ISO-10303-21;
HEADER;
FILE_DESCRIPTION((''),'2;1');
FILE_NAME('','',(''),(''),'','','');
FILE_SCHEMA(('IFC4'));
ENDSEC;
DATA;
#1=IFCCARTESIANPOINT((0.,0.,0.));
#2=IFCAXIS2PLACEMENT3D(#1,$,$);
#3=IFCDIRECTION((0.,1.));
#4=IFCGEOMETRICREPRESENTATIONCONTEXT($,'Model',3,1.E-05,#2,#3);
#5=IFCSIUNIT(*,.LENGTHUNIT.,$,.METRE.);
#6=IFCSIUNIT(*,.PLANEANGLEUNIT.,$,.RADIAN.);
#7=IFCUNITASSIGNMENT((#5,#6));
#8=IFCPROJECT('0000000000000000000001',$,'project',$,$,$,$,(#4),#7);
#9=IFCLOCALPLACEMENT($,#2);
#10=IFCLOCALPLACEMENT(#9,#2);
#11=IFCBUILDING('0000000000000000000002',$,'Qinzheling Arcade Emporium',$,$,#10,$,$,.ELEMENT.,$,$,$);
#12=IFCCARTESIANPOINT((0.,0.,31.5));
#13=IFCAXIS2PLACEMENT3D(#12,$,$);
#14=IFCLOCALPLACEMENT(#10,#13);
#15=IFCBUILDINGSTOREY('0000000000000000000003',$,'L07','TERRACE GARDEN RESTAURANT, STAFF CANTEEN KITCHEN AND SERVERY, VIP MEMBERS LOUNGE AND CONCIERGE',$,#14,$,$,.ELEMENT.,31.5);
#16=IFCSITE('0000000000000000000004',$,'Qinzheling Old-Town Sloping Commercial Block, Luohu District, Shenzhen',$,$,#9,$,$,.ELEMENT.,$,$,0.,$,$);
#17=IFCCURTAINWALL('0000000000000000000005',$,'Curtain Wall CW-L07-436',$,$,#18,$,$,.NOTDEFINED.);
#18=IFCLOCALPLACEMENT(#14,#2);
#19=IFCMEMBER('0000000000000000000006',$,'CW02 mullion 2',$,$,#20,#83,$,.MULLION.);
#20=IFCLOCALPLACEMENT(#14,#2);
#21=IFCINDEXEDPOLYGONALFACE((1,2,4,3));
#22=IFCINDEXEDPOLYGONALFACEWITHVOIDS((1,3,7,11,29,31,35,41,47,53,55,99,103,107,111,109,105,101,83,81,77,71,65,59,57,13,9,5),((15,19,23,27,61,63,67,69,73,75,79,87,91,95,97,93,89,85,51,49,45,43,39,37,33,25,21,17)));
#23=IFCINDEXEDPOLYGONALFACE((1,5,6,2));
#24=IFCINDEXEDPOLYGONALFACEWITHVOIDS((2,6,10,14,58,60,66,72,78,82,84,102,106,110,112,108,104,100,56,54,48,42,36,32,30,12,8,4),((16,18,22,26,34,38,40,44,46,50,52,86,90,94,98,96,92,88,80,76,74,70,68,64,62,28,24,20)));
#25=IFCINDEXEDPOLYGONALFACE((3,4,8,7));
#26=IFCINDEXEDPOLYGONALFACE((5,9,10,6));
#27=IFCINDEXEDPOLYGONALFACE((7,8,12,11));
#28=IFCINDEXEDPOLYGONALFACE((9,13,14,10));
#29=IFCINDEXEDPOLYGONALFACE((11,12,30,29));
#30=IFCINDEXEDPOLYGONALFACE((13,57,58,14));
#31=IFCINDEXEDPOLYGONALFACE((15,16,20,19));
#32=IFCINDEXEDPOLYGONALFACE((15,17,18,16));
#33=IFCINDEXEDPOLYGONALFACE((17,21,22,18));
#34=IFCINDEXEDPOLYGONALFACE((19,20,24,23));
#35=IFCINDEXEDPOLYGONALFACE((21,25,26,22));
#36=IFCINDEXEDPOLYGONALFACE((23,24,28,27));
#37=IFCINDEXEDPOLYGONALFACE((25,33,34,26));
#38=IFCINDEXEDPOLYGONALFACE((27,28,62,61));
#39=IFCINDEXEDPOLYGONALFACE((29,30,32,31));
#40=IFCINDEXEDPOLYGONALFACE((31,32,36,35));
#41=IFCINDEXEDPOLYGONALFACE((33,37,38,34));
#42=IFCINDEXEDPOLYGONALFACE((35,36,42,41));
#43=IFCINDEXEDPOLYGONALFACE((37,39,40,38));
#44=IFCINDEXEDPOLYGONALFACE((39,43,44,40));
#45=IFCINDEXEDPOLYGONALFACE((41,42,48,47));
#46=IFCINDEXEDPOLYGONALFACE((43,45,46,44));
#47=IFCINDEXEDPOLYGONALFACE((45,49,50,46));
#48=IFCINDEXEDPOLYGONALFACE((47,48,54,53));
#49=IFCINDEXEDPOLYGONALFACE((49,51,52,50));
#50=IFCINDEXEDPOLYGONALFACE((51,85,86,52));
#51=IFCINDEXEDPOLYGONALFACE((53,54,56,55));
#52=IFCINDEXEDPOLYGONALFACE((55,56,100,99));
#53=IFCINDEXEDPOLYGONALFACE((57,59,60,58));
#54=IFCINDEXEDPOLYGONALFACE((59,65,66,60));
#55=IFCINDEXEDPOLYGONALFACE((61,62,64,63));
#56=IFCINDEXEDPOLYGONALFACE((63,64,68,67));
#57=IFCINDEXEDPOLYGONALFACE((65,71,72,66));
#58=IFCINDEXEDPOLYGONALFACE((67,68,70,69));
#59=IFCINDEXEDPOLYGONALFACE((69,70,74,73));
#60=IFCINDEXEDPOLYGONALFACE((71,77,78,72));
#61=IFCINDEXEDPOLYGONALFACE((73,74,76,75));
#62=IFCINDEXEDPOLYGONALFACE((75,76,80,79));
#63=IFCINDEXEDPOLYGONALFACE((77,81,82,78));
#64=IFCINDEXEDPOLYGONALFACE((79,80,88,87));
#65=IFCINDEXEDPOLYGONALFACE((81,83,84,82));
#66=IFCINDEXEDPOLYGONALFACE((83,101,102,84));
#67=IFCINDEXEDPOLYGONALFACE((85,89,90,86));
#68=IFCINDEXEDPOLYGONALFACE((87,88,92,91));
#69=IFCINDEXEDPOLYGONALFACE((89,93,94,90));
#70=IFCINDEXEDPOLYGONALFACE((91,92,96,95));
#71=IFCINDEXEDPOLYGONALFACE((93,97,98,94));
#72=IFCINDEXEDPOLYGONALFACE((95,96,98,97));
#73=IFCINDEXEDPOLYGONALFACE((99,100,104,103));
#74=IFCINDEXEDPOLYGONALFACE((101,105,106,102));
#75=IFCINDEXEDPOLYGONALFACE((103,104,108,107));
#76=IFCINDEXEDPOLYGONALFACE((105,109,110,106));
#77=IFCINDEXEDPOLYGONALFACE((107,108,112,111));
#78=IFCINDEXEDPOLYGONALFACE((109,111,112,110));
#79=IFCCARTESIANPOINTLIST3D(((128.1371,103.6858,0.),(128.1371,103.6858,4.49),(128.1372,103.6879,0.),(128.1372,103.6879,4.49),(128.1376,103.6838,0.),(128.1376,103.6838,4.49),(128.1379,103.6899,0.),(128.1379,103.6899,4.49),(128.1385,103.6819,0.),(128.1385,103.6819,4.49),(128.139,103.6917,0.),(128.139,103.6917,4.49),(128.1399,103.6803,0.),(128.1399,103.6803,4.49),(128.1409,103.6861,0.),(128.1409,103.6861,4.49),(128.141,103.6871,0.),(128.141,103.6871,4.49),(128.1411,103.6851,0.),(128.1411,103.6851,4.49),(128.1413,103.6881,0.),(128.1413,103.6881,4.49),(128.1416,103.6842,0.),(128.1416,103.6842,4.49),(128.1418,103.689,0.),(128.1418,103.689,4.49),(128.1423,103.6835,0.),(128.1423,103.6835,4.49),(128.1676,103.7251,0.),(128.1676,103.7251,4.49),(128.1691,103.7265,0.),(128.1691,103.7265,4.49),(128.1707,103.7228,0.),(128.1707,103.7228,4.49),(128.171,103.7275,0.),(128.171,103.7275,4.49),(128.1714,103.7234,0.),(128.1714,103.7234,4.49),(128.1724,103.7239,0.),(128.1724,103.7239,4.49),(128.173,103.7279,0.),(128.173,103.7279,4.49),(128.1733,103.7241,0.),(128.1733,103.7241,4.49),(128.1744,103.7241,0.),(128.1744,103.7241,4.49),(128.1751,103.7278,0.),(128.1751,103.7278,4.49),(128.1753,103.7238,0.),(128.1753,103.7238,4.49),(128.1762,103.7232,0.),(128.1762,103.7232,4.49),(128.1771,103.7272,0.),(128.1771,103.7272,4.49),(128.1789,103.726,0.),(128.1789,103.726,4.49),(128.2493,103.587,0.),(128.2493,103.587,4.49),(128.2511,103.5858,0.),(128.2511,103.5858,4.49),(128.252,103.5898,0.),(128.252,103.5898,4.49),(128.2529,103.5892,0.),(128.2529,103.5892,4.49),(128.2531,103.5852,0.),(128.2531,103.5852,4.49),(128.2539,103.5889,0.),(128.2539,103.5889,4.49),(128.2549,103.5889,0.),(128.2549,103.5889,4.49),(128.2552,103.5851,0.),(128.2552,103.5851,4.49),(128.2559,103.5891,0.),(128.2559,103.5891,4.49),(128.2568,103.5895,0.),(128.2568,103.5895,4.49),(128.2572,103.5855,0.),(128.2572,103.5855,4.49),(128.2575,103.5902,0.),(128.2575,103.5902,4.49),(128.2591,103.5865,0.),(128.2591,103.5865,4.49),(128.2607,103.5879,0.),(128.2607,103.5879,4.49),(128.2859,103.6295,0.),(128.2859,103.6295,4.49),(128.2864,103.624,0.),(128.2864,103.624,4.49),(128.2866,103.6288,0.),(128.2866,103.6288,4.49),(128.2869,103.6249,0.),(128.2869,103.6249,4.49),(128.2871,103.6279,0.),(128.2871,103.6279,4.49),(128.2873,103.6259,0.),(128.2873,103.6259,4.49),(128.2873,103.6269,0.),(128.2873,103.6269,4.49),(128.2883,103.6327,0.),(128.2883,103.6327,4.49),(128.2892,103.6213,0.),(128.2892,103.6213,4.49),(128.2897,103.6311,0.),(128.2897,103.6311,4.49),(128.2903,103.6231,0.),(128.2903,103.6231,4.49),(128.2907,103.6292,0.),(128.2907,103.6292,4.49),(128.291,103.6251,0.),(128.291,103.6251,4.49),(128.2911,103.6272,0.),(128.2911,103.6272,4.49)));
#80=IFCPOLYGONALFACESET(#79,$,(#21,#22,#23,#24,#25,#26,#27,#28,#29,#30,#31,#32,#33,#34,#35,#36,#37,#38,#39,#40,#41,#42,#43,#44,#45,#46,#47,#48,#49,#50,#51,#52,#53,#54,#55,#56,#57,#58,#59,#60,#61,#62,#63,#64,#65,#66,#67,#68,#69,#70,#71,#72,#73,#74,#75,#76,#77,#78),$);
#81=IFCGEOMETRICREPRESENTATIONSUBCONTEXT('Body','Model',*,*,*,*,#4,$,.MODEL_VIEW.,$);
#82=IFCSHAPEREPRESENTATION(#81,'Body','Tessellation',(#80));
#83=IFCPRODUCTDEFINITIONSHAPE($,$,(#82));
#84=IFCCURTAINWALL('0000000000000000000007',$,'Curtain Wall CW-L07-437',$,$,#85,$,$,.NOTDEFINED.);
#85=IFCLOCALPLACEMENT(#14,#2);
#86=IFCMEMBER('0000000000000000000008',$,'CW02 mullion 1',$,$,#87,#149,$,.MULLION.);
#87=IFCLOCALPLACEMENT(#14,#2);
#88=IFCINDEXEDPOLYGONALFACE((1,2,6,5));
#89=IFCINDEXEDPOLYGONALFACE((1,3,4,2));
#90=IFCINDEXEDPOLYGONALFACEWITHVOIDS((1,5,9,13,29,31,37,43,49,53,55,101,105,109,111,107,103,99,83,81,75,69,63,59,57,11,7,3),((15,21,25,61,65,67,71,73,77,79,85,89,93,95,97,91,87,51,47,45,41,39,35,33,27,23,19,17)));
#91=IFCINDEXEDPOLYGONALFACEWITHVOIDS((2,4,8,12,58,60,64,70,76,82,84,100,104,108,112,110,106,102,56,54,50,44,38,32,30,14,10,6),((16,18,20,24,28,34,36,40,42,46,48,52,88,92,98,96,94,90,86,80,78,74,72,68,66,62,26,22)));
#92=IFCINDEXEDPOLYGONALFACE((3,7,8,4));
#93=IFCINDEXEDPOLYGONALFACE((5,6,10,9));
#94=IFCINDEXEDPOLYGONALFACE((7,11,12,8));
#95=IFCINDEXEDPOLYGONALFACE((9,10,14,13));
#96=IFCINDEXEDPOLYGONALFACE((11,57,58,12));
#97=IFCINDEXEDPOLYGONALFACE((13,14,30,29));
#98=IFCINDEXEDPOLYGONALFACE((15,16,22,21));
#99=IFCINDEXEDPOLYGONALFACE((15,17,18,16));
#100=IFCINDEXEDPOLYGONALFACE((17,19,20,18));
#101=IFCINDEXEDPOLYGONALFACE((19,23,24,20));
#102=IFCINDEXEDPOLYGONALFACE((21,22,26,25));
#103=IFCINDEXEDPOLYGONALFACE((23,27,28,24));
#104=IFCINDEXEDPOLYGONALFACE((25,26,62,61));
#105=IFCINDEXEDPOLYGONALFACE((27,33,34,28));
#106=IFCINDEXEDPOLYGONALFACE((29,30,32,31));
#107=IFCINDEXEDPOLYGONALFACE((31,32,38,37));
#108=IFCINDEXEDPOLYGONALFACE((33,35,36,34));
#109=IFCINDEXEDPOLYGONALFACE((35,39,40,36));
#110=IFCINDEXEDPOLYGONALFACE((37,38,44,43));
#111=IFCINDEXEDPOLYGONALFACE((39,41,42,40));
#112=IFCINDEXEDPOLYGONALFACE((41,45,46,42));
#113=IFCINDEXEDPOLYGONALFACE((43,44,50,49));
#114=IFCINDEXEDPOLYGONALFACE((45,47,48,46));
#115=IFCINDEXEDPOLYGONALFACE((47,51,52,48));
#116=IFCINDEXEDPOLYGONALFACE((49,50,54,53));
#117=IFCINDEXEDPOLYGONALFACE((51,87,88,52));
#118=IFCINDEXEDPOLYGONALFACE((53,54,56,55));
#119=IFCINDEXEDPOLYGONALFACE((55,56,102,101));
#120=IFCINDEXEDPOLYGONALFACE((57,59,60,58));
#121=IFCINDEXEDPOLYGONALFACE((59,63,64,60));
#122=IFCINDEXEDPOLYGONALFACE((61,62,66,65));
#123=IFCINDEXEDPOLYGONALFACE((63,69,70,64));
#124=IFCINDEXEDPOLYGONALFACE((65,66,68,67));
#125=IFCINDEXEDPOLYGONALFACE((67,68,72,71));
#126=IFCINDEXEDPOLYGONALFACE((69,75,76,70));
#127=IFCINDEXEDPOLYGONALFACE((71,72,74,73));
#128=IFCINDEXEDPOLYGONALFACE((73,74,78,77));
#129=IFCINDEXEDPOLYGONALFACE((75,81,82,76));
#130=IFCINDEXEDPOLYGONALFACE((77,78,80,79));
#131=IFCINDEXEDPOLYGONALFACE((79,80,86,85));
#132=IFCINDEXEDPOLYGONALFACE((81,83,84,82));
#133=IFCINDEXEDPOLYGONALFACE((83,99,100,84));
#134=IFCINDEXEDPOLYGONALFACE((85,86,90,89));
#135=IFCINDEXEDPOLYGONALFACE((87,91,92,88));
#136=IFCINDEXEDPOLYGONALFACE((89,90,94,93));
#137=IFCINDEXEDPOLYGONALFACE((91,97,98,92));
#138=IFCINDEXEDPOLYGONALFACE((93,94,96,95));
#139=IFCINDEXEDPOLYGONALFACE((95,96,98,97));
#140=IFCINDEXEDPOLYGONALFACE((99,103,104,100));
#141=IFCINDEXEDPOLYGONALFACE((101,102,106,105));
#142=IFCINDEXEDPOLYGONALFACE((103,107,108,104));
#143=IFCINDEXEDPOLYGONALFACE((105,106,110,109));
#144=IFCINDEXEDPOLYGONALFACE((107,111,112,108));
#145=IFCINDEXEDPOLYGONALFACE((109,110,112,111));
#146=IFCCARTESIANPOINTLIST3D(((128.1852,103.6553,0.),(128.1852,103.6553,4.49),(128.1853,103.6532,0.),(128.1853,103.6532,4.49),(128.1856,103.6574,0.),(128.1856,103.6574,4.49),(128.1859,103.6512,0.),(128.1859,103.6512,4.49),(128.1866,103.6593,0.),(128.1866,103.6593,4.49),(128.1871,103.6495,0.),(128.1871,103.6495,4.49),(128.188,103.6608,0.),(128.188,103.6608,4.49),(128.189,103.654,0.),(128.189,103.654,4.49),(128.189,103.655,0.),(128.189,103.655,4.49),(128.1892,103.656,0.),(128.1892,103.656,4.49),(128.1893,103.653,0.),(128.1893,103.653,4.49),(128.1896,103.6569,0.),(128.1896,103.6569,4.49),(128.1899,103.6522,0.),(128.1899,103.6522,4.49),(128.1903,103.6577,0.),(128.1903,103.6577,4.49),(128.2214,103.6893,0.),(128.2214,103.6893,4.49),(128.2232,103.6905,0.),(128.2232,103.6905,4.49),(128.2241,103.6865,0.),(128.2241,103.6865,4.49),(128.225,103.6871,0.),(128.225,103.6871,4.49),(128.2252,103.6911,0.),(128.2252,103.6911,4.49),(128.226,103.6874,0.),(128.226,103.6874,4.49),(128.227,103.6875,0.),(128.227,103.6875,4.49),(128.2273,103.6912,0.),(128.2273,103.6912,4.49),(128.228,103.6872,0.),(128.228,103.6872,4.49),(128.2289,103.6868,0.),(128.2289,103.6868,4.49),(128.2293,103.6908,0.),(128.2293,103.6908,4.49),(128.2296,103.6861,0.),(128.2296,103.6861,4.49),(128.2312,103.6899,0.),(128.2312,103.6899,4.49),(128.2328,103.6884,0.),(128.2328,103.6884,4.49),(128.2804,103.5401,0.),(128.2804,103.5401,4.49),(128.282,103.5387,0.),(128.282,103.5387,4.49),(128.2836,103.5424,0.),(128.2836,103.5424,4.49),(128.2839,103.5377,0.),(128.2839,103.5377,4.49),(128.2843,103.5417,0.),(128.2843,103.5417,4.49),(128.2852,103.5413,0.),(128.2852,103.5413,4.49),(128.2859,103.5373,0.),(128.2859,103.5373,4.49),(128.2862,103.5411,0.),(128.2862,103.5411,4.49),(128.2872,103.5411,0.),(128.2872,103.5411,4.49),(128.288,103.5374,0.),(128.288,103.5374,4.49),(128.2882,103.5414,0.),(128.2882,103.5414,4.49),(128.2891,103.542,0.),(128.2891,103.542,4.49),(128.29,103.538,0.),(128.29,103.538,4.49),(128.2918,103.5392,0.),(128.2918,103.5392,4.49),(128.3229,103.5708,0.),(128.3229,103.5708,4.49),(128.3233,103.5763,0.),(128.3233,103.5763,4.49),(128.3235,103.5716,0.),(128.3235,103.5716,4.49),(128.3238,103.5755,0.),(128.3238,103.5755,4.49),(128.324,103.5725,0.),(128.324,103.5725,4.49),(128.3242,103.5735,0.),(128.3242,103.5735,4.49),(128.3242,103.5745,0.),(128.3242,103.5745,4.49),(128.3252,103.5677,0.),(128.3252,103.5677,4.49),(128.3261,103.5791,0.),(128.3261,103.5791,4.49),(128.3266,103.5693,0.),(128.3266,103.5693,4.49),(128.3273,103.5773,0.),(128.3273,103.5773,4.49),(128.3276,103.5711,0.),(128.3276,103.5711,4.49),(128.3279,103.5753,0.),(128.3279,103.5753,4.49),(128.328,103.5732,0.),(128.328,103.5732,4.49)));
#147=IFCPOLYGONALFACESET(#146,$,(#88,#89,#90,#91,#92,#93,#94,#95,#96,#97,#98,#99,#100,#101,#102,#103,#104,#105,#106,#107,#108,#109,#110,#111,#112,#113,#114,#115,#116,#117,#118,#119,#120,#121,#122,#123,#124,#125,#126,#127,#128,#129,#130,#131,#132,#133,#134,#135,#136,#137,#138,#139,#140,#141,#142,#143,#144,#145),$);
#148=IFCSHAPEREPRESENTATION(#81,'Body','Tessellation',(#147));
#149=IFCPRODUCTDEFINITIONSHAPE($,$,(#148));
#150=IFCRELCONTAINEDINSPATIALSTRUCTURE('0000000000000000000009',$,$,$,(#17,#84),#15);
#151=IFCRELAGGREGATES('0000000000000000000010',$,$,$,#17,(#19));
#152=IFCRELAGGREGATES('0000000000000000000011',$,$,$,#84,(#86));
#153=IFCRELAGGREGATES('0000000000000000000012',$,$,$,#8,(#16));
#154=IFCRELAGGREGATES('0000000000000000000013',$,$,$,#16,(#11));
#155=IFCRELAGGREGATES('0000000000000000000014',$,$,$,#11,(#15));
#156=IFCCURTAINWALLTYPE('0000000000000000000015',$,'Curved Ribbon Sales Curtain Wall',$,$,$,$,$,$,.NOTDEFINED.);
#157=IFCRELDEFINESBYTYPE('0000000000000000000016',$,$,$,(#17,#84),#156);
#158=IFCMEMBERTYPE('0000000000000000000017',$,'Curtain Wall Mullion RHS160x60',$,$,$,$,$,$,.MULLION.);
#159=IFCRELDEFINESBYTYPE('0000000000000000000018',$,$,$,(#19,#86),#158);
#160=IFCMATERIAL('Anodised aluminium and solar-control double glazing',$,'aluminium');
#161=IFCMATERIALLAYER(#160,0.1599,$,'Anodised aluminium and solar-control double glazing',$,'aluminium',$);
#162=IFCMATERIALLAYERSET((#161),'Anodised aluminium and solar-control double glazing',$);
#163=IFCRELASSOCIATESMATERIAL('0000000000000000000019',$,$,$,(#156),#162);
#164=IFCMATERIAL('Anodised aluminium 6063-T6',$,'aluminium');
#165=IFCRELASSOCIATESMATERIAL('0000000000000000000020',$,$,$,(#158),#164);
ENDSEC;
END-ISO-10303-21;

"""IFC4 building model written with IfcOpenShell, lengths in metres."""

from ifc_helpers import new_model, si_unit, direction, frame, origin, origin_2d, place, context, subcontext, project, spatial, hollow_rectangle, extrude, material, layer, layer_set, material_profile, profile_set, type_object, element, aggregate, save


model = new_model("IFC4")

# Units and contexts
model_context = context("Model", 3, precision=1e-05, world=origin(), true_north=direction((0.0, 1.0)))
body_context = subcontext(model_context, "Body", "Model", "MODEL_VIEW")
ifc_project = project(units=[si_unit("LENGTHUNIT", "METRE"), si_unit("PLANEANGLEUNIT", "RADIAN")], contexts=[model_context])

# Site, building, storey
site_placement = place(None, origin())
site = spatial("IfcSite", under=ifc_project, at=site_placement, Name="Qinzheling Old-Town Sloping Commercial Block, Luohu District, Shenzhen", CompositionType="ELEMENT", RefElevation=0.0)
building_placement = place(site_placement, origin())
building = spatial("IfcBuilding", under=site, at=building_placement, Name="Qinzheling Arcade Emporium", CompositionType="ELEMENT")
storey_placement = place(building_placement, frame((0.0, 0.0, 31.5)))
storey = spatial("IfcBuildingStorey", under=building, at=storey_placement, Name="L07", Description="TERRACE GARDEN RESTAURANT, STAFF CANTEEN KITCHEN AND SERVERY, VIP MEMBERS LOUNGE AND CONCIERGE", CompositionType="ELEMENT", Elevation=31.5)

# Shared definitions
ifc_material_1 = material(Name="Anodised aluminium and solar-control double glazing", Category="aluminium")
ifc_layer_1 = layer(ifc_material_1, 0.1599, Name="Anodised aluminium and solar-control double glazing", Category="aluminium")
ifc_layer_set_1 = layer_set([ifc_layer_1], Name="Anodised aluminium and solar-control double glazing")
curtain_wall_type = type_object("IfcCurtainWallType", Name="Curved Ribbon Sales Curtain Wall", PredefinedType="NOTDEFINED", material=ifc_layer_set_1)
ifc_material_2 = material(Name="Anodised aluminium 6063-T6", Category="aluminium")
ifc_material_profile_1 = material_profile(ifc_material_2, hollow_rectangle(XDim=0.0601, YDim=0.1599, WallThickness=0.0039, InnerFilletRadius=0.0039, OuterFilletRadius=0.0081, at=origin_2d()), Name="RHS 160x60x4", Category="aluminium")
ifc_profile_set_1 = profile_set([ifc_material_profile_1], Name="Anodised aluminium 6063-T6")
member_type_1 = type_object("IfcMemberType", Name="Curtain Wall Mullion RHS160x60", PredefinedType="MULLION", material=ifc_profile_set_1)

# Curtain walls, members
curtain_wall_1_placement = place(storey_placement, origin())
curtain_wall_1 = element("IfcCurtainWall", 1, at=curtain_wall_1_placement, inside=storey, type_object=curtain_wall_type, Name="Curtain Wall CW-L07-436", PredefinedType="NOTDEFINED")
member_1_placement = place(storey_placement, frame((128.2141, 103.6565, 0.0), z_axis=(0.0, 0.0, 1.0), x_axis=(0.649137, 0.760671, 0.0)))
member_1 = element("IfcMember", 2, at=member_1_placement, type_object=member_type_1, Name="CW02 mullion 2", PredefinedType="MULLION", context=body_context, shape_type="SweptSolid", body=[
    extrude(hollow_rectangle(XDim=0.0601, YDim=0.1599, WallThickness=0.0039, InnerFilletRadius=0.0039, OuterFilletRadius=0.0081, at=origin_2d()), origin(), (0.0, 0.0, 1.0), 4.49),
])
curtain_wall_2_placement = place(storey_placement, origin())
curtain_wall_2 = element("IfcCurtainWall", 3, at=curtain_wall_2_placement, inside=storey, type_object=curtain_wall_type, Name="Curtain Wall CW-L07-437", PredefinedType="NOTDEFINED")
member_2_placement = place(storey_placement, frame((128.2566, 103.6143, 0.0), z_axis=(0.0, 0.0, 1.0), x_axis=(0.760671, 0.649137, 0.0)))
member_2 = element("IfcMember", 4, at=member_2_placement, type_object=member_type_1, Name="CW02 mullion 1", PredefinedType="MULLION", context=body_context, shape_type="SweptSolid", body=[
    extrude(hollow_rectangle(XDim=0.0601, YDim=0.1599, WallThickness=0.0039, InnerFilletRadius=0.0039, OuterFilletRadius=0.0081, at=origin_2d()), origin(), (0.0, 0.0, 1.0), 4.49),
])

aggregate(curtain_wall_1, [member_1])
aggregate(curtain_wall_2, [member_2])

save(model, "model.ifc")
